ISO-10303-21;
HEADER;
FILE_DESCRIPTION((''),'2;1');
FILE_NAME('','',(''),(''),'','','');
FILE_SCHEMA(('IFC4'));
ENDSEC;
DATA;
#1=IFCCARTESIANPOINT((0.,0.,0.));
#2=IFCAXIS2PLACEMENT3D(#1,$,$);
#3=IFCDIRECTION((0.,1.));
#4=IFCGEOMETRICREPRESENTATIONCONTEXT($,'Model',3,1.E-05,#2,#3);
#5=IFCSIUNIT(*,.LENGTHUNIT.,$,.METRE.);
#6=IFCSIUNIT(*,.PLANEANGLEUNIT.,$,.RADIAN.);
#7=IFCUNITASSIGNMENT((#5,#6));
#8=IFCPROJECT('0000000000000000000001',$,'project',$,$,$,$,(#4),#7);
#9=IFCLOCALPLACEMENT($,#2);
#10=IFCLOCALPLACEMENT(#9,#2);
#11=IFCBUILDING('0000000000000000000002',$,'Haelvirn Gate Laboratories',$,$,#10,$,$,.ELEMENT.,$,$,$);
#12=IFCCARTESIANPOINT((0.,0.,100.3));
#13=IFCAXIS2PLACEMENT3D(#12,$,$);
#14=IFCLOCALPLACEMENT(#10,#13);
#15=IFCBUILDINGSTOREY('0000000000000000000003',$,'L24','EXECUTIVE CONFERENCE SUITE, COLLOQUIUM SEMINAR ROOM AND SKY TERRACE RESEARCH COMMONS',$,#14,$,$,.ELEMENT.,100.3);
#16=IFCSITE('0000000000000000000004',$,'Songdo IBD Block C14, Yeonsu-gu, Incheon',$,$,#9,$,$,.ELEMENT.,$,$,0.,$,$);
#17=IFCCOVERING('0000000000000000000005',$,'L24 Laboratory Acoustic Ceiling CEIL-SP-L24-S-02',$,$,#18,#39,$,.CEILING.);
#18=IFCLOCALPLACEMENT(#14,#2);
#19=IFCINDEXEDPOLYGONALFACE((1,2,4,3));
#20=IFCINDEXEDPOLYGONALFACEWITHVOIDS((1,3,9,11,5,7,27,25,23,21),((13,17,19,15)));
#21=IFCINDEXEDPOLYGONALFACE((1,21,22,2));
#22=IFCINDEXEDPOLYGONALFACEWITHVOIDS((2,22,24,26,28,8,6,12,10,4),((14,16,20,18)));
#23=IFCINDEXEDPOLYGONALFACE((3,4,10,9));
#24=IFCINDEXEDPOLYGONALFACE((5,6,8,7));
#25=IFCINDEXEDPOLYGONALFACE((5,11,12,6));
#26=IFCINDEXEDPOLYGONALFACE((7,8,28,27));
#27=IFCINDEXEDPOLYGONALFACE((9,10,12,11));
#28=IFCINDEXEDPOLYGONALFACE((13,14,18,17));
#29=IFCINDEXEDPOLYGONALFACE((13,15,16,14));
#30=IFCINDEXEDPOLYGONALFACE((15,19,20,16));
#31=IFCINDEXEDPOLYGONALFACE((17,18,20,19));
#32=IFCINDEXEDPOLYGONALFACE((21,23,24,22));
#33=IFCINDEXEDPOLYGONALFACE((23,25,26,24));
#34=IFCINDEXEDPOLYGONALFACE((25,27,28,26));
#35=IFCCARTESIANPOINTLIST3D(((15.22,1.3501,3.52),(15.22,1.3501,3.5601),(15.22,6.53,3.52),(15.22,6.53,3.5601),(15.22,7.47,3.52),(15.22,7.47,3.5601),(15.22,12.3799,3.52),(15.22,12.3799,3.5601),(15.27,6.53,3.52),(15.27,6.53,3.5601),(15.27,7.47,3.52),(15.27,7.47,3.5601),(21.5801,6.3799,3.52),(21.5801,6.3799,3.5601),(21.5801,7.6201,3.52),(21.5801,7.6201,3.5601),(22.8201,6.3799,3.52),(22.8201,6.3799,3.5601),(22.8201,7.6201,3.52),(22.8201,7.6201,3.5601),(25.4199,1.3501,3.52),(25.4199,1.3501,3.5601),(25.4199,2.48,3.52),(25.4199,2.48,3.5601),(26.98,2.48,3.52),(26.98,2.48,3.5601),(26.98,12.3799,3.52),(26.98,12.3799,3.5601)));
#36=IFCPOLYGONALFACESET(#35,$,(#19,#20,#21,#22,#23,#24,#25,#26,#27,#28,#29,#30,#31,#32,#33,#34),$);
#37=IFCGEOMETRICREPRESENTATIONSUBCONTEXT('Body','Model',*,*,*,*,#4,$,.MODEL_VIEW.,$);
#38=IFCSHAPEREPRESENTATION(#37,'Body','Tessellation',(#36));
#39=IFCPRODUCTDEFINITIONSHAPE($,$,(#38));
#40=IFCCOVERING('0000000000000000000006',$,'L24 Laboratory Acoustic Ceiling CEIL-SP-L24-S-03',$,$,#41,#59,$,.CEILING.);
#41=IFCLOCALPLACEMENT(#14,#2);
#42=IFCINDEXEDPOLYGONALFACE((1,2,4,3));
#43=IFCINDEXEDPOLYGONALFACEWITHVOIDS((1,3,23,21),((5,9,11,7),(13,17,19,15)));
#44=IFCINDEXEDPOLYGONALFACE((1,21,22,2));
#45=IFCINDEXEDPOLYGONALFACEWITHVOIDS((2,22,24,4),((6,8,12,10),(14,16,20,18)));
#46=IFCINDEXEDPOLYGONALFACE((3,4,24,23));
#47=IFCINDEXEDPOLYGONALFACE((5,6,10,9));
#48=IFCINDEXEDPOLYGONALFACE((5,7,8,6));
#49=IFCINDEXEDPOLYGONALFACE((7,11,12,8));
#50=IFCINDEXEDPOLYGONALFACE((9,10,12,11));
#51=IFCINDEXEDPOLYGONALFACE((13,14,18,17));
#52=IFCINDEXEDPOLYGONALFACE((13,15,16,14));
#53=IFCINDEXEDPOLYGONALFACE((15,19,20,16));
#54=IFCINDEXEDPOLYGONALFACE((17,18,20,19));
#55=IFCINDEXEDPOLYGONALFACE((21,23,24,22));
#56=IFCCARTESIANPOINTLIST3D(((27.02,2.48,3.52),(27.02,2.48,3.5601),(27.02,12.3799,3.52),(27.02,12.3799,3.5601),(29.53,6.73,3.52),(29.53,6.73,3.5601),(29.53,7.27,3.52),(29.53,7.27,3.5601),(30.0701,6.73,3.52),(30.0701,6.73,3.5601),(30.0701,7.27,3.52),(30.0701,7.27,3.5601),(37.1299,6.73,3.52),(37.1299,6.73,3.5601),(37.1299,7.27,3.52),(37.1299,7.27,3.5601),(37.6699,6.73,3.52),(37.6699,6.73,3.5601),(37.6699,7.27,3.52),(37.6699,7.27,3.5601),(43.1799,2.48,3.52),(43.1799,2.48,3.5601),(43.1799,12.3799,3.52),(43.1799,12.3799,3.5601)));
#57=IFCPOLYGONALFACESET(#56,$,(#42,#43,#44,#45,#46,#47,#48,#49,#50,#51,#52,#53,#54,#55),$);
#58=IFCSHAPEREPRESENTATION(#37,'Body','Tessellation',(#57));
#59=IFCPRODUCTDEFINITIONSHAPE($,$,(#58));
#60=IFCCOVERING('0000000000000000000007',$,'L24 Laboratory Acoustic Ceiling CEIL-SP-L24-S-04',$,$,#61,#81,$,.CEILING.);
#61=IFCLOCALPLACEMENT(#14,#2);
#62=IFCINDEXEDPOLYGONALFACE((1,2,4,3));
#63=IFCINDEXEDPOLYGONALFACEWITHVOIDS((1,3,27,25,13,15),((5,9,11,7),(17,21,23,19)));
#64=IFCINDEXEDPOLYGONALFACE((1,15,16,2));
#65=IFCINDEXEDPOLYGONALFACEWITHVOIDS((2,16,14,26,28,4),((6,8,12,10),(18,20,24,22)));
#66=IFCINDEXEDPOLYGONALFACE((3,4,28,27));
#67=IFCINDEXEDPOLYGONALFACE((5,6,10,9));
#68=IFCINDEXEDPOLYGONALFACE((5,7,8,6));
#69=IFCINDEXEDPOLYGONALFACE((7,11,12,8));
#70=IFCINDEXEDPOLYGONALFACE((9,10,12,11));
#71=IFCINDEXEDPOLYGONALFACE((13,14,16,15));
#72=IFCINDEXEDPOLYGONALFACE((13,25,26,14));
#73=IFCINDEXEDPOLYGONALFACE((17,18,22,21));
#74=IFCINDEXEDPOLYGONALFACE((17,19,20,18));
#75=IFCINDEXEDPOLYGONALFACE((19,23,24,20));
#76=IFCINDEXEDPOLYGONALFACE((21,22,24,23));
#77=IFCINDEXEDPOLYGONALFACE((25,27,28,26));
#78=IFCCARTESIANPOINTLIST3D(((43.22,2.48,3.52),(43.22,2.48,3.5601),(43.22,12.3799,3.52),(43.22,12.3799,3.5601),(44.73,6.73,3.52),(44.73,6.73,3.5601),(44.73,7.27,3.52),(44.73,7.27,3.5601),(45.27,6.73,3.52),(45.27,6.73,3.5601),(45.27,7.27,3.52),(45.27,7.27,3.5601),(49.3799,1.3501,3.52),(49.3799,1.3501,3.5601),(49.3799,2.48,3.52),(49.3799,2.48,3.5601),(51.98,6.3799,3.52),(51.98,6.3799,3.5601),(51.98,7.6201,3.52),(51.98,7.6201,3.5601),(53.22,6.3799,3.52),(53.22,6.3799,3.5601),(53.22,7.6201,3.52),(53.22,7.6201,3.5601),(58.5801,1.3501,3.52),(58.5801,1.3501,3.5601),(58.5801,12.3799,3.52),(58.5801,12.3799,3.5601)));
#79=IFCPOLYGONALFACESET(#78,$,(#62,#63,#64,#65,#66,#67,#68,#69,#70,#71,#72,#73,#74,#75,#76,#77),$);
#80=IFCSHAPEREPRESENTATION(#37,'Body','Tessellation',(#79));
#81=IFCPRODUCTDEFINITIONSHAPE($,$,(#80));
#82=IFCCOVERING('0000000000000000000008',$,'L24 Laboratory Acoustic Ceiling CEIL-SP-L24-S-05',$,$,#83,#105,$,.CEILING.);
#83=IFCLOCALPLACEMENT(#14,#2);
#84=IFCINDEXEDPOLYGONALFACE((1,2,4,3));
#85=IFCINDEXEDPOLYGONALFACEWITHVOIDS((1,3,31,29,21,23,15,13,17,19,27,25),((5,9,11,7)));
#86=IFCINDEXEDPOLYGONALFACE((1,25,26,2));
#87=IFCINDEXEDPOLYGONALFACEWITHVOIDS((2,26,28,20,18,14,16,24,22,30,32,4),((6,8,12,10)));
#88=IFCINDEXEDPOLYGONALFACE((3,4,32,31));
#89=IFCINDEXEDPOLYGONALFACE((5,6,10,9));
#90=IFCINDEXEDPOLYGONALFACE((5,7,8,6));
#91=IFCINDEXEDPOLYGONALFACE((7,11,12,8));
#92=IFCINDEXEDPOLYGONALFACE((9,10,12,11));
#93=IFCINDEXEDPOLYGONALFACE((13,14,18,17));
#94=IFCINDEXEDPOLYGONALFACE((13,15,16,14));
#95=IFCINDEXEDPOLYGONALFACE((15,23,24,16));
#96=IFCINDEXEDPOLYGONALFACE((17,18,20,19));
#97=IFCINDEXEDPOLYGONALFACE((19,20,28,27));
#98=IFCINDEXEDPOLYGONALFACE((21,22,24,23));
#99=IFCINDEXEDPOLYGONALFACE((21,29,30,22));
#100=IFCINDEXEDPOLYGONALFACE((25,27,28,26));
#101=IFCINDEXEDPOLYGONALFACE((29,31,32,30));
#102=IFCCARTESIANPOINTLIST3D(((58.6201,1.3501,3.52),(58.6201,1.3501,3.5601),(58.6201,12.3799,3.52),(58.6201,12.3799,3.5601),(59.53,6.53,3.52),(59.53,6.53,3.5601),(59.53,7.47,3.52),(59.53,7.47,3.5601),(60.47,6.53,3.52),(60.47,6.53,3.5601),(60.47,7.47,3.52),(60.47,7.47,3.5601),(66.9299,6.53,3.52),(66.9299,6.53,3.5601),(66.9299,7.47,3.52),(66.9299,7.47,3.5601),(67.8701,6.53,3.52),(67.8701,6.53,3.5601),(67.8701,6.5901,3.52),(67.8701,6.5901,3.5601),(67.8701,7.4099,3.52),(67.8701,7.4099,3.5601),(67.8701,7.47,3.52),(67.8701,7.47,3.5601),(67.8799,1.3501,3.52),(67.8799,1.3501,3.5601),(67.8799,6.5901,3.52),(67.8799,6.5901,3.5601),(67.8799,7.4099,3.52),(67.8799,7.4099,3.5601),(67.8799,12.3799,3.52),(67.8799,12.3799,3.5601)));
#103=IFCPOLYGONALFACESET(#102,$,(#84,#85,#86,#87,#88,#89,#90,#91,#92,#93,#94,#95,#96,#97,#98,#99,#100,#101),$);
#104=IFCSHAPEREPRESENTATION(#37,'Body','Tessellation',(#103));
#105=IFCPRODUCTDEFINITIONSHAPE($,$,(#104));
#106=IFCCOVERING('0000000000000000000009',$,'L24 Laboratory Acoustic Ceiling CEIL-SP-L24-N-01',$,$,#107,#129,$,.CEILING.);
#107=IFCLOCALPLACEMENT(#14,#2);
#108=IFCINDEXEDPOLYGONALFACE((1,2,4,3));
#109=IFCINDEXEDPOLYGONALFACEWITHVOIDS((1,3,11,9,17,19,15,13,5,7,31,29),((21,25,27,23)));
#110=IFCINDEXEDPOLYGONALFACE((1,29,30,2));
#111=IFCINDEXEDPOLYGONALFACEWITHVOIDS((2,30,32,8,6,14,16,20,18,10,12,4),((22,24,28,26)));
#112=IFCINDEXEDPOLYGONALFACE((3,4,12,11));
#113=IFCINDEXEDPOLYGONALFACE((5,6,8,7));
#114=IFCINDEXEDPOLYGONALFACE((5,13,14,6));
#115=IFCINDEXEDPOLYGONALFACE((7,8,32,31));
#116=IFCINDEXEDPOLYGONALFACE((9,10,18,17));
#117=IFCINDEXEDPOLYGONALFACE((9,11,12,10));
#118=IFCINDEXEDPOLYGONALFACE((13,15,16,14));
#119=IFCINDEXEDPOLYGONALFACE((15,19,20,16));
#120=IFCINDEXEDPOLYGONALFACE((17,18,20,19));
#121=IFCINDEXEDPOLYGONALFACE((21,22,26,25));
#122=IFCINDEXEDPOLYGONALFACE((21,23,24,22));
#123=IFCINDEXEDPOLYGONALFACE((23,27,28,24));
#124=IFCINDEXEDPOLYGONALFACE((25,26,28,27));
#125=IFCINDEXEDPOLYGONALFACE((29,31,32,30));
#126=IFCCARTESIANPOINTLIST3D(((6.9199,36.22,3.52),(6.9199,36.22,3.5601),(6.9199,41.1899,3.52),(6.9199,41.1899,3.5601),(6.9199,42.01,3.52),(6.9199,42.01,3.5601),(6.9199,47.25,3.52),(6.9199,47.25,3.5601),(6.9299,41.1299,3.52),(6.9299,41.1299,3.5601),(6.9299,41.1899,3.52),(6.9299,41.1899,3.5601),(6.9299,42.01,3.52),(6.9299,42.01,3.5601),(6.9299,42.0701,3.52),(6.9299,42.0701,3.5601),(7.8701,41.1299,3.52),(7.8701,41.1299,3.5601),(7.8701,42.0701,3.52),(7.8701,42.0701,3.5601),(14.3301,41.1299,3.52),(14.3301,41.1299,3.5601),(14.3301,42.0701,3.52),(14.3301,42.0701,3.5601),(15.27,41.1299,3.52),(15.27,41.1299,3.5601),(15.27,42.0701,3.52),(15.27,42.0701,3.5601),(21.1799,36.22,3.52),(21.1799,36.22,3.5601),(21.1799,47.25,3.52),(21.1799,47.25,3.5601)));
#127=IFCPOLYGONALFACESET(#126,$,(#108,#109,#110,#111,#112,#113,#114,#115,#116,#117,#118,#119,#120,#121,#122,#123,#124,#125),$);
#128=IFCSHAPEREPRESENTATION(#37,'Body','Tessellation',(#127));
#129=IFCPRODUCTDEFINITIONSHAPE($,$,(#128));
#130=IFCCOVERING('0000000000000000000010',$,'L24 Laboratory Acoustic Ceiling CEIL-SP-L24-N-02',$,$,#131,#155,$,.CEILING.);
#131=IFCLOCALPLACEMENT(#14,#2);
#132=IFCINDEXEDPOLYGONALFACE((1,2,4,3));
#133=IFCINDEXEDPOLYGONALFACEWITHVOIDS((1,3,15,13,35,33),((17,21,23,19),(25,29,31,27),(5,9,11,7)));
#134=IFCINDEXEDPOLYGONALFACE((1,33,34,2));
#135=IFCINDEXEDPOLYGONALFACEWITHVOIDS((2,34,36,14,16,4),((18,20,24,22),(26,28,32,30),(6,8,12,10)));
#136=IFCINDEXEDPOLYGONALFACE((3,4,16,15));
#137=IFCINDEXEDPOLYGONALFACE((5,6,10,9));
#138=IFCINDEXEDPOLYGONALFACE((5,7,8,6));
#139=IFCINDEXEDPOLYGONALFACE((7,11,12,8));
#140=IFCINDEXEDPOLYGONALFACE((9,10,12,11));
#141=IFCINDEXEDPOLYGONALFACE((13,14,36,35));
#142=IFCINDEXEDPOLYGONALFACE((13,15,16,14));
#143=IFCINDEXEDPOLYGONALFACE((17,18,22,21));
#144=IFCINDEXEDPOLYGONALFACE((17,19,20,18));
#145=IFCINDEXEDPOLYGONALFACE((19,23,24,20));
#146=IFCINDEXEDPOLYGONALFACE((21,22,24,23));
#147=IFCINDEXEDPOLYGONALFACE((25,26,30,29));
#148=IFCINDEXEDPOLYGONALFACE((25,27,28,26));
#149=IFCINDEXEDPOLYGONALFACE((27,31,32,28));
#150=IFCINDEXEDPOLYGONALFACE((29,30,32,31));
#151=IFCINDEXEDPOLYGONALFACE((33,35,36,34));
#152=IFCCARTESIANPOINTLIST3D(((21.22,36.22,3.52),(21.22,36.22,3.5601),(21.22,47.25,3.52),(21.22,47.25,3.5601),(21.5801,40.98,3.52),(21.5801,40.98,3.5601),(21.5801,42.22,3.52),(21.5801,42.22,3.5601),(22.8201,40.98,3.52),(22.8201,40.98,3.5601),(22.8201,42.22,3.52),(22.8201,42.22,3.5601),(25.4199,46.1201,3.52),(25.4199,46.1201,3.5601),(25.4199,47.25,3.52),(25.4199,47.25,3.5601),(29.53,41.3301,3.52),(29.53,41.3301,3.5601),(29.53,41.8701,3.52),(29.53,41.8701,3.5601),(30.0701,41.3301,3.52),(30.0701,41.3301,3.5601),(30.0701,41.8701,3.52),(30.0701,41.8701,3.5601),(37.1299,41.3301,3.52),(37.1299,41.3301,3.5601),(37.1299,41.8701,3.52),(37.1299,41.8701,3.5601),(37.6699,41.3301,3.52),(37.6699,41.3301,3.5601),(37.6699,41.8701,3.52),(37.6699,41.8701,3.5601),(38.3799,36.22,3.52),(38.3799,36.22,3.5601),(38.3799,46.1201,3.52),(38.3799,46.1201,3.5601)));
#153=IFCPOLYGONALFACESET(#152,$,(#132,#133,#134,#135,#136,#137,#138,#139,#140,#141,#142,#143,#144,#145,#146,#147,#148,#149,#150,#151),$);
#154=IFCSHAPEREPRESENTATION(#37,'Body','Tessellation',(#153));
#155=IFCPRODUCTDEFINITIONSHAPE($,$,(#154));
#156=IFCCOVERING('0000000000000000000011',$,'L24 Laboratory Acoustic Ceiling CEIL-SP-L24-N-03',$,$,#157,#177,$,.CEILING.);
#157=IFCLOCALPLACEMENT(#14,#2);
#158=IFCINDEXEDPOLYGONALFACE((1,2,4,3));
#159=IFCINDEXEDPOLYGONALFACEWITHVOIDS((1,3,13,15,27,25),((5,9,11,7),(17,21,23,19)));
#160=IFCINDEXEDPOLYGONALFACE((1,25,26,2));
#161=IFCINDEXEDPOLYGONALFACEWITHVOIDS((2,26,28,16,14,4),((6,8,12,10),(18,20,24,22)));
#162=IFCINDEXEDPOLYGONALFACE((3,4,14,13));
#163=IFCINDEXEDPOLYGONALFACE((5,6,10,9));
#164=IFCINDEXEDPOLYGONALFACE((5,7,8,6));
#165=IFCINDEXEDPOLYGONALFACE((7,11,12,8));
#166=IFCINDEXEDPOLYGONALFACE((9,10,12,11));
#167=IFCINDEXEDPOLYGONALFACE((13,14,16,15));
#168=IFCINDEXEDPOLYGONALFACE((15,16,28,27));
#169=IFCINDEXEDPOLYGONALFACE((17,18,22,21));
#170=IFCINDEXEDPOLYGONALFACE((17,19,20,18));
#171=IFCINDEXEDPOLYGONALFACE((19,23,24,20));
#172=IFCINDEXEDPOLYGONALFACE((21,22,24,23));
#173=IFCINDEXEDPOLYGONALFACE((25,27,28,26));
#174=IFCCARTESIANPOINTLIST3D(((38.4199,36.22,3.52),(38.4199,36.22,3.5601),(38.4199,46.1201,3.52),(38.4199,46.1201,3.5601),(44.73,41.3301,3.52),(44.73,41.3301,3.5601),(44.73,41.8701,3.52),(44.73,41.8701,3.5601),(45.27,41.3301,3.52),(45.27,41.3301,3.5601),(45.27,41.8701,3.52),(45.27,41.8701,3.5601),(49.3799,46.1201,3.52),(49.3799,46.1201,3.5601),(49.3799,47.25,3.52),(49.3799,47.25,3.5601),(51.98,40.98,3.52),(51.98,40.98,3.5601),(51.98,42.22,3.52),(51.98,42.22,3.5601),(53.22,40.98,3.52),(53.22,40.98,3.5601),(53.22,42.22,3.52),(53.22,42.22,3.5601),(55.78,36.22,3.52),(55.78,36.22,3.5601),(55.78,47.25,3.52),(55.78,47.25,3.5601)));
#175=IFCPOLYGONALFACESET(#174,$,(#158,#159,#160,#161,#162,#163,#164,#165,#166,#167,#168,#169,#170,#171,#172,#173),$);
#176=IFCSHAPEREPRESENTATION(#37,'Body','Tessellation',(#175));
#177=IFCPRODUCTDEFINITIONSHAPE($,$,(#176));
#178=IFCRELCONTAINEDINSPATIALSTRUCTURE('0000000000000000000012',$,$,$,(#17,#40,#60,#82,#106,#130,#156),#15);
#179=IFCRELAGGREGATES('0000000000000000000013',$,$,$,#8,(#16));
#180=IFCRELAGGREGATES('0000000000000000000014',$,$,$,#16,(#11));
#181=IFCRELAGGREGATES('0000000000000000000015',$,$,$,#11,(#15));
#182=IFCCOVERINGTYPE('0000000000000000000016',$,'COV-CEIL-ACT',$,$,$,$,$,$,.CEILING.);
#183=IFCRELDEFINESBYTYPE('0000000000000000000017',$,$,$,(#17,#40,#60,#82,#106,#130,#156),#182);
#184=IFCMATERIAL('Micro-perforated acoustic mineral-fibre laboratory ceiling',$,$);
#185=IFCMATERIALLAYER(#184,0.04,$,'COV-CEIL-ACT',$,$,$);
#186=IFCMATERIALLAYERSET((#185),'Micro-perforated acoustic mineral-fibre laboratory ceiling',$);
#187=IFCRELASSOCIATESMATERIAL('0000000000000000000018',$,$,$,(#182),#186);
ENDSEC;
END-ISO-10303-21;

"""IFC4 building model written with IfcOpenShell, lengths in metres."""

from ifc_helpers import new_model, si_unit, direction, frame, origin, place, context, subcontext, project, spatial, polyline, outline, extrude, material, layer, layer_set, type_object, element, save


model = new_model("IFC4")

# Units and contexts
model_context = context("Model", 3, precision=1e-05, world=origin(), true_north=direction((0.0, 1.0)))
body_context = subcontext(model_context, "Body", "Model", "MODEL_VIEW")
ifc_project = project(units=[si_unit("LENGTHUNIT", "METRE"), si_unit("PLANEANGLEUNIT", "RADIAN")], contexts=[model_context])

# Site, building, storey
site_placement = place(None, origin())
site = spatial("IfcSite", under=ifc_project, at=site_placement, Name="Songdo IBD Block C14, Yeonsu-gu, Incheon", CompositionType="ELEMENT", RefElevation=0.0)
building_placement = place(site_placement, origin())
building = spatial("IfcBuilding", under=site, at=building_placement, Name="Haelvirn Gate Laboratories", CompositionType="ELEMENT")
storey_placement = place(building_placement, frame((0.0, 0.0, 100.3)))
storey = spatial("IfcBuildingStorey", under=building, at=storey_placement, Name="L24", Description="EXECUTIVE CONFERENCE SUITE, COLLOQUIUM SEMINAR ROOM AND SKY TERRACE RESEARCH COMMONS", CompositionType="ELEMENT", Elevation=100.3)

# Coverings
ifc_material_1 = material(Name="Micro-perforated acoustic mineral-fibre laboratory ceiling")
ifc_layer_1 = layer(ifc_material_1, 0.04, Name="COV-CEIL-ACT")
ifc_layer_set_1 = layer_set([ifc_layer_1], Name="Micro-perforated acoustic mineral-fibre laboratory ceiling")
covering_type_1 = type_object("IfcCoveringType", Name="COV-CEIL-ACT", PredefinedType="CEILING", material=ifc_layer_set_1)
covering_1_placement = place(storey_placement, frame((0.0, 0.0, 3.52)))
element("IfcCovering", 1, at=covering_1_placement, inside=storey, type_object=covering_type_1, Name="L24 Laboratory Acoustic Ceiling CEIL-SP-L24-S-02", PredefinedType="CEILING", context=body_context, shape_type="SweptSolid", body=[
    extrude(outline(polyline([(15.22, 1.3501), (15.22, 6.53), (15.27, 6.53), (15.27, 7.47), (15.22, 7.47), (15.22, 12.3799), (26.98, 12.3799), (26.98, 2.48), (25.4199, 2.48), (25.4199, 1.3501), (15.22, 1.3501)]), holes=[polyline([(22.8201, 7.6201), (21.5801, 7.6201), (21.5801, 6.3799), (22.8201, 6.3799), (22.8201, 7.6201)])]), origin(), (0.0, 0.0, 1.0), 0.04),
])
covering_2_placement = place(storey_placement, frame((0.0, 0.0, 3.52)))
element("IfcCovering", 2, at=covering_2_placement, inside=storey, type_object=covering_type_1, Name="L24 Laboratory Acoustic Ceiling CEIL-SP-L24-S-03", PredefinedType="CEILING", context=body_context, shape_type="SweptSolid", body=[
    extrude(outline(polyline([(43.1799, 12.3799), (43.1799, 2.48), (27.02, 2.48), (27.02, 12.3799), (43.1799, 12.3799)]), holes=[polyline([(29.53, 7.27), (29.53, 6.73), (30.0701, 6.73), (30.0701, 7.27), (29.53, 7.27)]), polyline([(37.6699, 7.27), (37.1299, 7.27), (37.1299, 6.73), (37.6699, 6.73), (37.6699, 7.27)])]), origin(), (0.0, 0.0, 1.0), 0.04),
])
covering_3_placement = place(storey_placement, frame((0.0, 0.0, 3.52)))
element("IfcCovering", 3, at=covering_3_placement, inside=storey, type_object=covering_type_1, Name="L24 Laboratory Acoustic Ceiling CEIL-SP-L24-S-04", PredefinedType="CEILING", context=body_context, shape_type="SweptSolid", body=[
    extrude(outline(polyline([(43.22, 2.48), (43.22, 12.3799), (58.5801, 12.3799), (58.5801, 1.3501), (49.3799, 1.3501), (49.3799, 2.48), (43.22, 2.48)]), holes=[polyline([(51.98, 7.6201), (51.98, 6.3799), (53.22, 6.3799), (53.22, 7.6201), (51.98, 7.6201)]), polyline([(45.27, 7.27), (44.73, 7.27), (44.73, 6.73), (45.27, 6.73), (45.27, 7.27)])]), origin(), (0.0, 0.0, 1.0), 0.04),
])
covering_4_placement = place(storey_placement, frame((0.0, 0.0, 3.52)))
element("IfcCovering", 4, at=covering_4_placement, inside=storey, type_object=covering_type_1, Name="L24 Laboratory Acoustic Ceiling CEIL-SP-L24-S-05", PredefinedType="CEILING", context=body_context, shape_type="SweptSolid", body=[
    extrude(outline(polyline([(67.8799, 6.5901), (67.8799, 1.3501), (58.6201, 1.3501), (58.6201, 12.3799), (67.8799, 12.3799), (67.8799, 7.4099), (67.8701, 7.4099), (67.8701, 7.47), (66.9299, 7.47), (66.9299, 6.53), (67.8701, 6.53), (67.8701, 6.5901), (67.8799, 6.5901)]), holes=[polyline([(59.53, 7.47), (59.53, 6.53), (60.47, 6.53), (60.47, 7.47), (59.53, 7.47)])]), origin(), (0.0, 0.0, 1.0), 0.04),
])
covering_5_placement = place(storey_placement, frame((0.0, 0.0, 3.52)))
element("IfcCovering", 5, at=covering_5_placement, inside=storey, type_object=covering_type_1, Name="L24 Laboratory Acoustic Ceiling CEIL-SP-L24-N-01", PredefinedType="CEILING", context=body_context, shape_type="SweptSolid", body=[
    extrude(outline(polyline([(6.9199, 41.1899), (6.9299, 41.1899), (6.9299, 41.1299), (7.8701, 41.1299), (7.8701, 42.0701), (6.9299, 42.0701), (6.9299, 42.01), (6.9199, 42.01), (6.9199, 47.25), (21.1799, 47.25), (21.1799, 36.22), (6.9199, 36.22), (6.9199, 41.1899)]), holes=[polyline([(14.3301, 42.0701), (14.3301, 41.1299), (15.27, 41.1299), (15.27, 42.0701), (14.3301, 42.0701)])]), origin(), (0.0, 0.0, 1.0), 0.04),
])
covering_6_placement = place(storey_placement, frame((0.0, 0.0, 3.52)))
element("IfcCovering", 6, at=covering_6_placement, inside=storey, type_object=covering_type_1, Name="L24 Laboratory Acoustic Ceiling CEIL-SP-L24-N-02", PredefinedType="CEILING", context=body_context, shape_type="SweptSolid", body=[
    extrude(outline(polyline([(21.22, 36.22), (21.22, 47.25), (25.4199, 47.25), (25.4199, 46.1201), (38.3799, 46.1201), (38.3799, 36.22), (21.22, 36.22)]), holes=[polyline([(21.5801, 40.98), (22.8201, 40.98), (22.8201, 42.22), (21.5801, 42.22), (21.5801, 40.98)]), polyline([(29.53, 41.8701), (29.53, 41.3301), (30.0701, 41.3301), (30.0701, 41.8701), (29.53, 41.8701)]), polyline([(37.6699, 41.8701), (37.1299, 41.8701), (37.1299, 41.3301), (37.6699, 41.3301), (37.6699, 41.8701)])]), origin(), (0.0, 0.0, 1.0), 0.04),
])
covering_7_placement = place(storey_placement, frame((0.0, 0.0, 3.52)))
element("IfcCovering", 7, at=covering_7_placement, inside=storey, type_object=covering_type_1, Name="L24 Laboratory Acoustic Ceiling CEIL-SP-L24-N-03", PredefinedType="CEILING", context=body_context, shape_type="SweptSolid", body=[
    extrude(outline(polyline([(49.3799, 47.25), (55.78, 47.25), (55.78, 36.22), (38.4199, 36.22), (38.4199, 46.1201), (49.3799, 46.1201), (49.3799, 47.25)]), holes=[polyline([(51.98, 42.22), (51.98, 40.98), (53.22, 40.98), (53.22, 42.22), (51.98, 42.22)]), polyline([(45.27, 41.8701), (44.73, 41.8701), (44.73, 41.3301), (45.27, 41.3301), (45.27, 41.8701)])]), origin(), (0.0, 0.0, 1.0), 0.04),
])

save(model, "model.ifc")
